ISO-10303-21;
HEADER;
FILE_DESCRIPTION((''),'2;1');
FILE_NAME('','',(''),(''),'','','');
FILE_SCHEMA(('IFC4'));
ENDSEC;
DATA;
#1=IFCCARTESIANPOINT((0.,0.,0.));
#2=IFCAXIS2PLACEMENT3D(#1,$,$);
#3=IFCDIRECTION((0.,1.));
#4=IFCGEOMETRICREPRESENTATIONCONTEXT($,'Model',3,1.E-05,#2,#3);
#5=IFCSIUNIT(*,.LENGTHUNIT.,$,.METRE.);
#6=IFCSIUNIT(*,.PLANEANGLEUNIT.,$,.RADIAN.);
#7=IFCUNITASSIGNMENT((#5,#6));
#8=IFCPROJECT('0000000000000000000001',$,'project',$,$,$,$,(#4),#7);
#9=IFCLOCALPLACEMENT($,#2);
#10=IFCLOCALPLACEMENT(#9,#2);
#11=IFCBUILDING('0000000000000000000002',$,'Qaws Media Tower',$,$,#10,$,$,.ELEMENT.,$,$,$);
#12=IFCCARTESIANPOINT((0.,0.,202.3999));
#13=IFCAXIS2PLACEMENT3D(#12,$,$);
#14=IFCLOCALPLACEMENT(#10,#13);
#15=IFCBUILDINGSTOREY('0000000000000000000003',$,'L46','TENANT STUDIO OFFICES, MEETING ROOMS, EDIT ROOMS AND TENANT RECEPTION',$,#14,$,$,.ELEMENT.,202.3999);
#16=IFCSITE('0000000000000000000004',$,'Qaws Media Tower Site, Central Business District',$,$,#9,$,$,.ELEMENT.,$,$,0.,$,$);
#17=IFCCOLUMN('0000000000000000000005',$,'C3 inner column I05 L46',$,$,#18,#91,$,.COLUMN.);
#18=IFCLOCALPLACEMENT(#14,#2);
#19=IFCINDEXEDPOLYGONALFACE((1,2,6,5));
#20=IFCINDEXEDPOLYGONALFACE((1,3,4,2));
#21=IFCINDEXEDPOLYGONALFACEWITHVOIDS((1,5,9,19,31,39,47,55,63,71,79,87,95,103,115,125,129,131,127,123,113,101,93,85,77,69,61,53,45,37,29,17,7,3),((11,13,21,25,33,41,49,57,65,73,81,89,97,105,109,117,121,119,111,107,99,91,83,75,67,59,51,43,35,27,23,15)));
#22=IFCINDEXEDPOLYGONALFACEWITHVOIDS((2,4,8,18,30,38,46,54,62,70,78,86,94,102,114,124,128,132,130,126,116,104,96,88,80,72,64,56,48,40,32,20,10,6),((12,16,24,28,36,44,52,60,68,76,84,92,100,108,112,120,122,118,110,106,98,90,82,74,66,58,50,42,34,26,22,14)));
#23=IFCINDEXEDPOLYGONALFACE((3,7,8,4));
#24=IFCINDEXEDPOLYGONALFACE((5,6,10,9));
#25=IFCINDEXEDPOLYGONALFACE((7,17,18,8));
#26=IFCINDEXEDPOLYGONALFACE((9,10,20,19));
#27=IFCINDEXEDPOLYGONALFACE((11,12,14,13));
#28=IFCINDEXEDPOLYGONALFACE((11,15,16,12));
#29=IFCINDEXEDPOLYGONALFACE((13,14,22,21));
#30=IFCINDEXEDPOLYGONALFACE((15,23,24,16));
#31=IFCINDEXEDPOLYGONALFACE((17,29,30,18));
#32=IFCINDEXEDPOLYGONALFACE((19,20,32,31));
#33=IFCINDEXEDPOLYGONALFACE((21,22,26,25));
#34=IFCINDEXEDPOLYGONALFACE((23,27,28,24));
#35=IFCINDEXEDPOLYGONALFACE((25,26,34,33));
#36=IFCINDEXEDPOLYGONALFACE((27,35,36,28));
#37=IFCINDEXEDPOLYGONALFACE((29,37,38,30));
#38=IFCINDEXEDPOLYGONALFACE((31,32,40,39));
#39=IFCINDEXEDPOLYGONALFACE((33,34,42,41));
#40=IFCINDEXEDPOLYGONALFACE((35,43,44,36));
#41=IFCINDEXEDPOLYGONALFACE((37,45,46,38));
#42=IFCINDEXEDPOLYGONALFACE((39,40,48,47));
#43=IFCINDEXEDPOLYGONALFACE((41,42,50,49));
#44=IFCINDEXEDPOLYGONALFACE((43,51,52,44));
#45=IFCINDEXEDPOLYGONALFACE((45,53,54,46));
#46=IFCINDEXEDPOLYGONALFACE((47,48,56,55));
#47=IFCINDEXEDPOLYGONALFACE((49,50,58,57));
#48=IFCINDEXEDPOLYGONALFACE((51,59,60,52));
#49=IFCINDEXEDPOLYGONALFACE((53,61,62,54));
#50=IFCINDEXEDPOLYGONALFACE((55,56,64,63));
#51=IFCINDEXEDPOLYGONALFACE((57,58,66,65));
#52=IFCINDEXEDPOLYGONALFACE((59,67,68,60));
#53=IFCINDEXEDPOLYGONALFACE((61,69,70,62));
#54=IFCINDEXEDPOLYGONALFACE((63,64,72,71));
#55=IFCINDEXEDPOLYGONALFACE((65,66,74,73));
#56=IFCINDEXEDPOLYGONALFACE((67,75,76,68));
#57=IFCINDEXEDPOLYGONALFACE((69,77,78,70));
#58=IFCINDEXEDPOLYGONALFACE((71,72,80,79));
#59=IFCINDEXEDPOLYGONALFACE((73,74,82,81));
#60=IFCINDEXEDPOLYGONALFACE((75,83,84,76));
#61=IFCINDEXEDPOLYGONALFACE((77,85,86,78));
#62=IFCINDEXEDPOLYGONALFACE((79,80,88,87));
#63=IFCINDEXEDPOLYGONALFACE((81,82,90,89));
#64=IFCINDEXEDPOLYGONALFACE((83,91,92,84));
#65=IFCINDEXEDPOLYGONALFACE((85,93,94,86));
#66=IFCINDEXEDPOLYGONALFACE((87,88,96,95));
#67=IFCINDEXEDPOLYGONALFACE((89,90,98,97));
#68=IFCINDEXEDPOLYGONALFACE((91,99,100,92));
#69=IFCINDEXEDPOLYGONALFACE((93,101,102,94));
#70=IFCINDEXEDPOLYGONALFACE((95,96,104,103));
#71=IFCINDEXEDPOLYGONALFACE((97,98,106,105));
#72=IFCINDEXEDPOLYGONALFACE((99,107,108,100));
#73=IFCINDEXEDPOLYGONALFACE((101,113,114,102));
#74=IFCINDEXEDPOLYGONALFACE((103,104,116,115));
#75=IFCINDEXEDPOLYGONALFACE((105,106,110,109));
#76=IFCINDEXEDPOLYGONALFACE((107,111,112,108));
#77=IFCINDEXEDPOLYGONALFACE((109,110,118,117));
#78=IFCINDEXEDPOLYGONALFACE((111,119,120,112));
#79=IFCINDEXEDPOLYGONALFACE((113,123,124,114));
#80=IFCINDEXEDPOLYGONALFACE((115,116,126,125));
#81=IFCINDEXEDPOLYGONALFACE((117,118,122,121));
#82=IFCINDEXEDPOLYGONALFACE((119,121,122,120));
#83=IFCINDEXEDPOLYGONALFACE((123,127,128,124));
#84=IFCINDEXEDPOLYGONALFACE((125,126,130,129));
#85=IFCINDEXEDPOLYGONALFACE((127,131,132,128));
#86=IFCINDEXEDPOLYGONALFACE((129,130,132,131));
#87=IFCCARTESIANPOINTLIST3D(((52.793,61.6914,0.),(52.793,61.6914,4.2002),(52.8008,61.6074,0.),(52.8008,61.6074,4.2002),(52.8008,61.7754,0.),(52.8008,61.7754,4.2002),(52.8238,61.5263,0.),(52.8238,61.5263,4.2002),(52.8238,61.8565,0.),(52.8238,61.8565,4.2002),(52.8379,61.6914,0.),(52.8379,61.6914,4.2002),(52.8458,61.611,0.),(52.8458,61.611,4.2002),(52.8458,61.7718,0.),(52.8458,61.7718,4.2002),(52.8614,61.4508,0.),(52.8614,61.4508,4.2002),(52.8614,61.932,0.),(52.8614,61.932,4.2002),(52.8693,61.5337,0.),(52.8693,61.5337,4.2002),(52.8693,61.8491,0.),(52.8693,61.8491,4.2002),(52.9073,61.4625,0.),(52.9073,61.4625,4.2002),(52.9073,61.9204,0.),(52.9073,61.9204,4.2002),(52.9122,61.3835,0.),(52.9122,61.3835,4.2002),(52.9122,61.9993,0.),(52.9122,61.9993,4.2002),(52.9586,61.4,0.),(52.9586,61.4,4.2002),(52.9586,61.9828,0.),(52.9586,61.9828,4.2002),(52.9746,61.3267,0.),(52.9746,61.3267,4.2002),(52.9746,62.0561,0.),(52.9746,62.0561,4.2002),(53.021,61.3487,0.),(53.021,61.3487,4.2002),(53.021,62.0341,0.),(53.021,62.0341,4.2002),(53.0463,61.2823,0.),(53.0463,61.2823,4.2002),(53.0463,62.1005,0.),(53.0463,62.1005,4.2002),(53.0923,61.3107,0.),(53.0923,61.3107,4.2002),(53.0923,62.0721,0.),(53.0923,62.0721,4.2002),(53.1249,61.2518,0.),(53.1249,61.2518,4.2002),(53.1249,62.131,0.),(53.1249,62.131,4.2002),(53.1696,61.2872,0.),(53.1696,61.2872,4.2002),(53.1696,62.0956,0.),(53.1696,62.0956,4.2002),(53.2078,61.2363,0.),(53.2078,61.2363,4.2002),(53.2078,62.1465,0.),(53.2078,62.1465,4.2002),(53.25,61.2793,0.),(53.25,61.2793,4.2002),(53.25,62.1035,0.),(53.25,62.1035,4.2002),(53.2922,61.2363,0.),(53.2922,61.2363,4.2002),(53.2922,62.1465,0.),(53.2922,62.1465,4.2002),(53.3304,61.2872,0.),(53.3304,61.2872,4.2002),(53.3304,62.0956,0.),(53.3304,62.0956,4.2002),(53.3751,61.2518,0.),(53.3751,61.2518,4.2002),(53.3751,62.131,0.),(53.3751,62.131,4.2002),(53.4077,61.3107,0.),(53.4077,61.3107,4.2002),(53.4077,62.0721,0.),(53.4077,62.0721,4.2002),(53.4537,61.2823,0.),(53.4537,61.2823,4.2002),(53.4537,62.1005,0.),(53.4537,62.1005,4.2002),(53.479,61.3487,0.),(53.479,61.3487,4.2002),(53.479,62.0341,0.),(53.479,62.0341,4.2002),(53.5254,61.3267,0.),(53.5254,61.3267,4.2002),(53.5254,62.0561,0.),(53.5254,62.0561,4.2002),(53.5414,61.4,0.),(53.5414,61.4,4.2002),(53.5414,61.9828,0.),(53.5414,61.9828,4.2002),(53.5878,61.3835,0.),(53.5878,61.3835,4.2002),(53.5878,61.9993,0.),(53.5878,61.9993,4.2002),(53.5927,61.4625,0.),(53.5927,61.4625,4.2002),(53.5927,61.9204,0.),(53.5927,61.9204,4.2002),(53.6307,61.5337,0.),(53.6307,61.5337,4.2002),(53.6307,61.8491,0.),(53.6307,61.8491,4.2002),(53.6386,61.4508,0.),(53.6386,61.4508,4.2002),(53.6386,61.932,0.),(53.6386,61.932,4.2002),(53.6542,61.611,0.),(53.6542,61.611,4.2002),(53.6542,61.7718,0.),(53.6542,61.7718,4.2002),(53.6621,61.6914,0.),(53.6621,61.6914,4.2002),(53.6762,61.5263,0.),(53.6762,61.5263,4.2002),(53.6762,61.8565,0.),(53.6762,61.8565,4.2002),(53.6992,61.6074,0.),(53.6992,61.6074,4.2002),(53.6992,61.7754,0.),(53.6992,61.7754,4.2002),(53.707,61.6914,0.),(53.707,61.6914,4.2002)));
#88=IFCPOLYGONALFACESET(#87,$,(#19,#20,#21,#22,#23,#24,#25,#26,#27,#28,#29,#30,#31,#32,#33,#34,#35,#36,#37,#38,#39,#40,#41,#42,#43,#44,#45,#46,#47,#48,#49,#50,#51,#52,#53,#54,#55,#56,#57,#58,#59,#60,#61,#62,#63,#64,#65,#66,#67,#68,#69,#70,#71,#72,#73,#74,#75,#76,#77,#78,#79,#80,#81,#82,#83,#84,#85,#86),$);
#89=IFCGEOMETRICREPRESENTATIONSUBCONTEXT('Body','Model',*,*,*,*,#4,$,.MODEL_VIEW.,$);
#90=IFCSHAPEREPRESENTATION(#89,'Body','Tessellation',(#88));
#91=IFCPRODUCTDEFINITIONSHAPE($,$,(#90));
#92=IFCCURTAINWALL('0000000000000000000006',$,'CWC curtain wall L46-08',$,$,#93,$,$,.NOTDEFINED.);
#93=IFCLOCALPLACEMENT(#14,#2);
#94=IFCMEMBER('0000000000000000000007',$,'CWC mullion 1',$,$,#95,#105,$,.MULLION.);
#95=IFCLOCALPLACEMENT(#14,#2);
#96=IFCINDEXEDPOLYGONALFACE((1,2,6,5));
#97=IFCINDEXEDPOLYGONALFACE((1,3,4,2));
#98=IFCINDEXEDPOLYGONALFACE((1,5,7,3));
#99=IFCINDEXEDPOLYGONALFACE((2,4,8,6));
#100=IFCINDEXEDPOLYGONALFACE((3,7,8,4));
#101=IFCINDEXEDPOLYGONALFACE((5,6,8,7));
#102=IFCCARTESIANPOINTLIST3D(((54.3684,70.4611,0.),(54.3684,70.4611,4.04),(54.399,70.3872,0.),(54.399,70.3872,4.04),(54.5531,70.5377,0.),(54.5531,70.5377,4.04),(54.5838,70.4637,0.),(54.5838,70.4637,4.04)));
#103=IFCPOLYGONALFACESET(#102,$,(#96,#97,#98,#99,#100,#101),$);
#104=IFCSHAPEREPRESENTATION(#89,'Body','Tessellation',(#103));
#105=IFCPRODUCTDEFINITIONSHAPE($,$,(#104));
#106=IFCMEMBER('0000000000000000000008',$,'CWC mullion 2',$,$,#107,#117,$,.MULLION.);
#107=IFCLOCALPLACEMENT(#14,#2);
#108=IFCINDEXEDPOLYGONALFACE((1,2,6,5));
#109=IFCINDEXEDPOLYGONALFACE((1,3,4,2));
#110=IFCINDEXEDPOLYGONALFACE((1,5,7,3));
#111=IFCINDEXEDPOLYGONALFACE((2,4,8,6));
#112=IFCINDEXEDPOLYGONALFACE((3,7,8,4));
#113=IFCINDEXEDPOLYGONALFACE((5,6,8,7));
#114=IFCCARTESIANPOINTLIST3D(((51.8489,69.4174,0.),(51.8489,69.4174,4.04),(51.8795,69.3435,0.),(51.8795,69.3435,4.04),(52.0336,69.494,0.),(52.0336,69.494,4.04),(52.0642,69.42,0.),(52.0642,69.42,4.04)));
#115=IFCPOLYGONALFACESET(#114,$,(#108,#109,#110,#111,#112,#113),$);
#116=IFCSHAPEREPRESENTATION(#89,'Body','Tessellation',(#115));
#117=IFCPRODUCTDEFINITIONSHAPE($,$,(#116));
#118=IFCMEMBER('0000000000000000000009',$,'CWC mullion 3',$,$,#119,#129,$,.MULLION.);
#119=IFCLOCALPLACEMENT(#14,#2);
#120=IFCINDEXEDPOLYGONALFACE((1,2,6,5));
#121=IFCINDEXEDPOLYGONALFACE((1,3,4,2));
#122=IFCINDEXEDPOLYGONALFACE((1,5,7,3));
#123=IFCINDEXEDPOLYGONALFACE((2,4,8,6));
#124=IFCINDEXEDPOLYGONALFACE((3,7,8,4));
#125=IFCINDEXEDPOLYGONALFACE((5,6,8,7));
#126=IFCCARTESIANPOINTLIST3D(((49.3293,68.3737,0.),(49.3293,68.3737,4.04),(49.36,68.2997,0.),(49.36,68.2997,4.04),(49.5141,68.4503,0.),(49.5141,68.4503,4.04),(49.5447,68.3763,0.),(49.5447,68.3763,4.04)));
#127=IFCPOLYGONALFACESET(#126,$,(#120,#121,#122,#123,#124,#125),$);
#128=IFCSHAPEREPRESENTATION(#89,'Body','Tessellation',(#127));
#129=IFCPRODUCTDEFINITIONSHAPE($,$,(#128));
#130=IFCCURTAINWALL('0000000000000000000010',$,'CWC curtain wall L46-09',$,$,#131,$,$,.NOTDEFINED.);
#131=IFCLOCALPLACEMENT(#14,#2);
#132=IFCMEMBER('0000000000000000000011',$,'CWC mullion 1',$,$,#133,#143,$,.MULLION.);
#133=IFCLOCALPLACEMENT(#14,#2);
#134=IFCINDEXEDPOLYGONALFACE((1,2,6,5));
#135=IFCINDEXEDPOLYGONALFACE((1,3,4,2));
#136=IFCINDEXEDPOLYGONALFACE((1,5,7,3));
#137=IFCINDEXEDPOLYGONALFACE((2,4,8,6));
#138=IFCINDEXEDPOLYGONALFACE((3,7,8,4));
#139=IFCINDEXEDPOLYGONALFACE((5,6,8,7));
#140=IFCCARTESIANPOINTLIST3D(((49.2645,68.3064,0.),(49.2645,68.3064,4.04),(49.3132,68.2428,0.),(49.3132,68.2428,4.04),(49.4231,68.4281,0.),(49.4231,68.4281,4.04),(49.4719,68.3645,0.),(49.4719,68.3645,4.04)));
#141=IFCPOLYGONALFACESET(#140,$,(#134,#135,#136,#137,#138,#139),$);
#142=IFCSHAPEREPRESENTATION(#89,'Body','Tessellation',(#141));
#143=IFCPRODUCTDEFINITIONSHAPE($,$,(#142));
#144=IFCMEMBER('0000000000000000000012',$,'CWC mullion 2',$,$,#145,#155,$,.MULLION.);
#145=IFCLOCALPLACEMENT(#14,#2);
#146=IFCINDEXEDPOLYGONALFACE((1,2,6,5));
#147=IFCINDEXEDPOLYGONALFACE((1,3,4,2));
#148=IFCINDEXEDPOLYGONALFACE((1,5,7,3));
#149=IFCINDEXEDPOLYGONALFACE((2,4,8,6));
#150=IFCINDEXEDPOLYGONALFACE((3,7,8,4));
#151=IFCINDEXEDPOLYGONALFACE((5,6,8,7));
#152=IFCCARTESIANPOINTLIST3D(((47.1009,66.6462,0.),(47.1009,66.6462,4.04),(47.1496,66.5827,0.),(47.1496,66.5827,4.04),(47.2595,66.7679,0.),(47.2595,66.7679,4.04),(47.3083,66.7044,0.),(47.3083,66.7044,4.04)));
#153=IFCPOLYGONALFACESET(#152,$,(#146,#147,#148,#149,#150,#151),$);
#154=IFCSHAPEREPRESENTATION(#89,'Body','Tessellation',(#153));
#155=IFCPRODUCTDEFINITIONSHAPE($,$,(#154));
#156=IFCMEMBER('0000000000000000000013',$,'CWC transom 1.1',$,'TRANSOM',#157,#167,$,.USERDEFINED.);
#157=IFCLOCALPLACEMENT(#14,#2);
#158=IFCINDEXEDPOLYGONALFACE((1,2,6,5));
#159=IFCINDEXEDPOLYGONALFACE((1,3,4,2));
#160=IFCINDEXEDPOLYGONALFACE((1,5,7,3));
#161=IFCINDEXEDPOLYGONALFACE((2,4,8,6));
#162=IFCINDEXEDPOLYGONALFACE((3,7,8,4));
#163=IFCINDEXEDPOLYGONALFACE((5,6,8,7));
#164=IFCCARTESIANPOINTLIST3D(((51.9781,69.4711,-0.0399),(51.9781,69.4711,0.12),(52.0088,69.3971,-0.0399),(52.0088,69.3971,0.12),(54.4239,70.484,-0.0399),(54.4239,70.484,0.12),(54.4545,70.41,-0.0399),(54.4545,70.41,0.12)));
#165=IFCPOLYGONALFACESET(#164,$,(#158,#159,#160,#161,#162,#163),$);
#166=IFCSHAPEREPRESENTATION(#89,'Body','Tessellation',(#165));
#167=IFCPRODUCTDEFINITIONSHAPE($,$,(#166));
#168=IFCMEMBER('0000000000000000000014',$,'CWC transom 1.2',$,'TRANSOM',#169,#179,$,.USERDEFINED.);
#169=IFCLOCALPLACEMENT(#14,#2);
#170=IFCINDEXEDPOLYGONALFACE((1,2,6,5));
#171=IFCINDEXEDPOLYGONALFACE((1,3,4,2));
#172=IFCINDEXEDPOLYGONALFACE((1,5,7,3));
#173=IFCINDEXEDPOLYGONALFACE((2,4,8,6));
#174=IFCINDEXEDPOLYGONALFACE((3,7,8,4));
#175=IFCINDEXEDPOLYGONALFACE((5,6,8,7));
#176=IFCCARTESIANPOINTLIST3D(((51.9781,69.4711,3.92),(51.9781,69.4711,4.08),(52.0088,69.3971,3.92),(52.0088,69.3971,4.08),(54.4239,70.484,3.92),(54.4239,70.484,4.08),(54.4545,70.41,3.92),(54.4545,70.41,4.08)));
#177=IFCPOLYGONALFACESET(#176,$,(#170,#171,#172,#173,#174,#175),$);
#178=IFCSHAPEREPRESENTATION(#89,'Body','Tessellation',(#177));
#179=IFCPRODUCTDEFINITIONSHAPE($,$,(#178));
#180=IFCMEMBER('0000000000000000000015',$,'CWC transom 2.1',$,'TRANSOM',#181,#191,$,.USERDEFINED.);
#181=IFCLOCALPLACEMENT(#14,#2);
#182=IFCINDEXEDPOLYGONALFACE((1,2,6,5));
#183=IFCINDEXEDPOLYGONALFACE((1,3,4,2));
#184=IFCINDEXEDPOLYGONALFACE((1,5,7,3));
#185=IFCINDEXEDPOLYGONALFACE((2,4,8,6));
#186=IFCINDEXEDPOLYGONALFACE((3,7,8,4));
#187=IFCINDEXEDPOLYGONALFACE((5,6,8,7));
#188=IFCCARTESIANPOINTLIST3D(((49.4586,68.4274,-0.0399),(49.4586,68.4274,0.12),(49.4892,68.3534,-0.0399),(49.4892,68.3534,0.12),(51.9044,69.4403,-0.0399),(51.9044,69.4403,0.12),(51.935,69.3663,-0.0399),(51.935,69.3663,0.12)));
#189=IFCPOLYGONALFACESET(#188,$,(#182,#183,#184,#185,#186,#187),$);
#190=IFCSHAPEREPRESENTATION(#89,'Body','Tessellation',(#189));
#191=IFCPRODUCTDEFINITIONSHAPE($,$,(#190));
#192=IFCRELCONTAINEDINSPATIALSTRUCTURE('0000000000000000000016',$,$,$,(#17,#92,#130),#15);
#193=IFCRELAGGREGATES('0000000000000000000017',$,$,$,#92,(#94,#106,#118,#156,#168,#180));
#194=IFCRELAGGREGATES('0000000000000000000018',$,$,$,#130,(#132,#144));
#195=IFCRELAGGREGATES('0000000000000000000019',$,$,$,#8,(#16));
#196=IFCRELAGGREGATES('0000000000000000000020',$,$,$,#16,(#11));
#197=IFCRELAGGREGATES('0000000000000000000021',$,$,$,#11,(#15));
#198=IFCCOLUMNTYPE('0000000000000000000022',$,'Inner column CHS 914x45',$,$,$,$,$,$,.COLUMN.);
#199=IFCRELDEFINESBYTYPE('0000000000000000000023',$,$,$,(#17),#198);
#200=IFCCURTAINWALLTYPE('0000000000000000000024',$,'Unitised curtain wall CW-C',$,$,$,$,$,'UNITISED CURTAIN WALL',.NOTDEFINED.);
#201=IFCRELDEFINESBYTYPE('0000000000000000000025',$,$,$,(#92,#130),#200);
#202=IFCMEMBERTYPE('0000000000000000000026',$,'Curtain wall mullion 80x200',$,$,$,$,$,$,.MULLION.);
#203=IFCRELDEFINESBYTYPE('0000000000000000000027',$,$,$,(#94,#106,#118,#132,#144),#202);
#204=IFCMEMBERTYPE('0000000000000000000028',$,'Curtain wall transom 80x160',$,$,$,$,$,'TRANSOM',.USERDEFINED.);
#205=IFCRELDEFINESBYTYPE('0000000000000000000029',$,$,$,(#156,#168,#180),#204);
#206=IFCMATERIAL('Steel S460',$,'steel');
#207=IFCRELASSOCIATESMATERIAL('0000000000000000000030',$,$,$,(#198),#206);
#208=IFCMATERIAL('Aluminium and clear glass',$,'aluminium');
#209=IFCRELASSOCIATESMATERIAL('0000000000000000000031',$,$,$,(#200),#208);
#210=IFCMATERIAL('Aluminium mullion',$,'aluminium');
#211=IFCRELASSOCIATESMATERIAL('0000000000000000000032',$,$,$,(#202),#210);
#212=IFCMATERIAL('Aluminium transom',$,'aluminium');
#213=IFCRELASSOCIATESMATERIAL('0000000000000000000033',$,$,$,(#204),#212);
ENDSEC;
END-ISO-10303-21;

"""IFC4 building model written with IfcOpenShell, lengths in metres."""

from ifc_helpers import new_model, si_unit, direction, frame, origin, origin_2d, place, context, subcontext, project, spatial, rectangle, hollow_circle, extrude, material, material_profile, profile_set, type_object, element, aggregate, save


model = new_model("IFC4")

# Units and contexts
model_context = context("Model", 3, precision=1e-05, world=origin(), true_north=direction((0.0, 1.0)))
body_context = subcontext(model_context, "Body", "Model", "MODEL_VIEW")
ifc_project = project(units=[si_unit("LENGTHUNIT", "METRE"), si_unit("PLANEANGLEUNIT", "RADIAN")], contexts=[model_context])

# Site, building, storey
site_placement = place(None, origin())
site = spatial("IfcSite", under=ifc_project, at=site_placement, Name="Qaws Media Tower Site, Central Business District", CompositionType="ELEMENT", RefElevation=0.0)
building_placement = place(site_placement, origin())
building = spatial("IfcBuilding", under=site, at=building_placement, Name="Qaws Media Tower", CompositionType="ELEMENT")
storey_placement = place(building_placement, frame((0.0, 0.0, 202.3999)))
storey = spatial("IfcBuildingStorey", under=building, at=storey_placement, Name="L46", Description="TENANT STUDIO OFFICES, MEETING ROOMS, EDIT ROOMS AND TENANT RECEPTION", CompositionType="ELEMENT", Elevation=202.3999)

# Column
ifc_material_1 = material(Name="Steel S460", Category="steel")
ifc_material_profile_1 = material_profile(ifc_material_1, hollow_circle(Radius=0.457, WallThickness=0.0449, at=origin_2d()), Name="CHS 914x45")
ifc_profile_set_1 = profile_set([ifc_material_profile_1], Name="Steel S460")
column_type = type_object("IfcColumnType", Name="Inner column CHS 914x45", PredefinedType="COLUMN", material=ifc_profile_set_1)
column_placement = place(storey_placement, frame((53.25, 61.6914, 0.0), z_axis=(0.0, 0.0, 1.0), x_axis=(1.0, 0.0, 0.0)))
element("IfcColumn", 1, at=column_placement, inside=storey, type_object=column_type, Name="C3 inner column I05 L46", PredefinedType="COLUMN", context=body_context, shape_type="SweptSolid", body=[
    extrude(hollow_circle(Radius=0.457, WallThickness=0.0449, at=origin_2d()), origin(), (0.0, 0.0, 1.0), 4.2002),
])

# Curtain walls, members
ifc_material_2 = material(Name="Aluminium and clear glass", Category="aluminium")
curtain_wall_type = type_object("IfcCurtainWallType", Name="Unitised curtain wall CW-C", ElementType="UNITISED CURTAIN WALL", PredefinedType="NOTDEFINED", material=ifc_material_2)
curtain_wall_1_placement = place(storey_placement, origin())
curtain_wall_1 = element("IfcCurtainWall", 2, at=curtain_wall_1_placement, inside=storey, type_object=curtain_wall_type, Name="CWC curtain wall L46-08", PredefinedType="NOTDEFINED")
ifc_material_3 = material(Name="Aluminium mullion", Category="aluminium")
ifc_material_profile_2 = material_profile(ifc_material_3, rectangle(XDim=0.0801, YDim=0.2, at=origin_2d()), Name="80x200")
ifc_profile_set_2 = profile_set([ifc_material_profile_2], Name="Aluminium mullion")
member_type_1 = type_object("IfcMemberType", Name="Curtain wall mullion 80x200", PredefinedType="MULLION", material=ifc_profile_set_2)
member_1_placement = place(storey_placement, frame((54.4761, 70.4624, 0.0), z_axis=(0.0, 0.0, 1.0), x_axis=(0.382683, -0.92388, 0.0)))
member_1 = element("IfcMember", 3, at=member_1_placement, type_object=member_type_1, Name="CWC mullion 1", PredefinedType="MULLION", context=body_context, shape_type="SweptSolid", body=[
    extrude(rectangle(XDim=0.0801, YDim=0.2, at=origin_2d()), origin(), (0.0, 0.0, 1.0), 4.04),
])
member_2_placement = place(storey_placement, frame((51.9565, 69.4187, 0.0), z_axis=(0.0, 0.0, 1.0), x_axis=(0.382683, -0.92388, 0.0)))
member_2 = element("IfcMember", 4, at=member_2_placement, type_object=member_type_1, Name="CWC mullion 2", PredefinedType="MULLION", context=body_context, shape_type="SweptSolid", body=[
    extrude(rectangle(XDim=0.0801, YDim=0.2, at=origin_2d()), origin(), (0.0, 0.0, 1.0), 4.04),
])
member_3_placement = place(storey_placement, frame((49.437, 68.375, 0.0), z_axis=(0.0, 0.0, 1.0), x_axis=(0.382683, -0.92388, 0.0)))
member_3 = element("IfcMember", 5, at=member_3_placement, type_object=member_type_1, Name="CWC mullion 3", PredefinedType="MULLION", context=body_context, shape_type="SweptSolid", body=[
    extrude(rectangle(XDim=0.0801, YDim=0.2, at=origin_2d()), origin(), (0.0, 0.0, 1.0), 4.04),
])
curtain_wall_2_placement = place(storey_placement, origin())
curtain_wall_2 = element("IfcCurtainWall", 6, at=curtain_wall_2_placement, inside=storey, type_object=curtain_wall_type, Name="CWC curtain wall L46-09", PredefinedType="NOTDEFINED")
member_4_placement = place(storey_placement, frame((49.3682, 68.3354, 0.0), z_axis=(0.0, 0.0, 1.0), x_axis=(0.608761, -0.793353, 0.0)))
member_4 = element("IfcMember", 7, at=member_4_placement, type_object=member_type_1, Name="CWC mullion 1", PredefinedType="MULLION", context=body_context, shape_type="SweptSolid", body=[
    extrude(rectangle(XDim=0.0801, YDim=0.2, at=origin_2d()), origin(), (0.0, 0.0, 1.0), 4.04),
])
member_5_placement = place(storey_placement, frame((47.2046, 66.6753, 0.0), z_axis=(0.0, 0.0, 1.0), x_axis=(0.608761, -0.793353, 0.0)))
member_5 = element("IfcMember", 8, at=member_5_placement, type_object=member_type_1, Name="CWC mullion 2", PredefinedType="MULLION", context=body_context, shape_type="SweptSolid", body=[
    extrude(rectangle(XDim=0.0801, YDim=0.2, at=origin_2d()), origin(), (0.0, 0.0, 1.0), 4.04),
])

# Members
ifc_material_4 = material(Name="Aluminium transom", Category="aluminium")
ifc_material_profile_3 = material_profile(ifc_material_4, rectangle(XDim=0.0801, YDim=0.1599, at=origin_2d()), Name="80x160")
ifc_profile_set_3 = profile_set([ifc_material_profile_3], Name="Aluminium transom")
member_type_2 = type_object("IfcMemberType", Name="Curtain wall transom 80x160", ElementType="TRANSOM", PredefinedType="USERDEFINED", material=ifc_profile_set_3)
member_6_placement = place(storey_placement, frame((54.4392, 70.447, 0.04), z_axis=(-0.923899, -0.382637, 0.0), x_axis=(0.382637, -0.923899, 0.0)))
member_6 = element("IfcMember", 9, at=member_6_placement, type_object=member_type_2, Name="CWC transom 1.1", ObjectType="TRANSOM", PredefinedType="USERDEFINED", context=body_context, shape_type="SweptSolid", body=[
    extrude(rectangle(XDim=0.0801, YDim=0.1599, at=origin_2d()), origin(), (0.0, 0.0, 1.0), 2.6472),
])
member_7_placement = place(storey_placement, frame((54.4392, 70.447, 4.0), z_axis=(-0.923899, -0.382637, 0.0), x_axis=(0.382637, -0.923899, 0.0)))
member_7 = element("IfcMember", 10, at=member_7_placement, type_object=member_type_2, Name="CWC transom 1.2", ObjectType="TRANSOM", PredefinedType="USERDEFINED", context=body_context, shape_type="SweptSolid", body=[
    extrude(rectangle(XDim=0.0801, YDim=0.1599, at=origin_2d()), origin(), (0.0, 0.0, 1.0), 2.6472),
])
member_8_placement = place(storey_placement, frame((51.9197, 69.4033, 0.04), z_axis=(-0.923899, -0.382637, 0.0), x_axis=(0.382637, -0.923899, 0.0)))
member_8 = element("IfcMember", 11, at=member_8_placement, type_object=member_type_2, Name="CWC transom 2.1", ObjectType="TRANSOM", PredefinedType="USERDEFINED", context=body_context, shape_type="SweptSolid", body=[
    extrude(rectangle(XDim=0.0801, YDim=0.1599, at=origin_2d()), origin(), (0.0, 0.0, 1.0), 2.6472),
])

aggregate(curtain_wall_1, [member_1, member_2, member_3, member_6, member_7, member_8])
aggregate(curtain_wall_2, [member_4, member_5])

save(model, "model.ifc")
